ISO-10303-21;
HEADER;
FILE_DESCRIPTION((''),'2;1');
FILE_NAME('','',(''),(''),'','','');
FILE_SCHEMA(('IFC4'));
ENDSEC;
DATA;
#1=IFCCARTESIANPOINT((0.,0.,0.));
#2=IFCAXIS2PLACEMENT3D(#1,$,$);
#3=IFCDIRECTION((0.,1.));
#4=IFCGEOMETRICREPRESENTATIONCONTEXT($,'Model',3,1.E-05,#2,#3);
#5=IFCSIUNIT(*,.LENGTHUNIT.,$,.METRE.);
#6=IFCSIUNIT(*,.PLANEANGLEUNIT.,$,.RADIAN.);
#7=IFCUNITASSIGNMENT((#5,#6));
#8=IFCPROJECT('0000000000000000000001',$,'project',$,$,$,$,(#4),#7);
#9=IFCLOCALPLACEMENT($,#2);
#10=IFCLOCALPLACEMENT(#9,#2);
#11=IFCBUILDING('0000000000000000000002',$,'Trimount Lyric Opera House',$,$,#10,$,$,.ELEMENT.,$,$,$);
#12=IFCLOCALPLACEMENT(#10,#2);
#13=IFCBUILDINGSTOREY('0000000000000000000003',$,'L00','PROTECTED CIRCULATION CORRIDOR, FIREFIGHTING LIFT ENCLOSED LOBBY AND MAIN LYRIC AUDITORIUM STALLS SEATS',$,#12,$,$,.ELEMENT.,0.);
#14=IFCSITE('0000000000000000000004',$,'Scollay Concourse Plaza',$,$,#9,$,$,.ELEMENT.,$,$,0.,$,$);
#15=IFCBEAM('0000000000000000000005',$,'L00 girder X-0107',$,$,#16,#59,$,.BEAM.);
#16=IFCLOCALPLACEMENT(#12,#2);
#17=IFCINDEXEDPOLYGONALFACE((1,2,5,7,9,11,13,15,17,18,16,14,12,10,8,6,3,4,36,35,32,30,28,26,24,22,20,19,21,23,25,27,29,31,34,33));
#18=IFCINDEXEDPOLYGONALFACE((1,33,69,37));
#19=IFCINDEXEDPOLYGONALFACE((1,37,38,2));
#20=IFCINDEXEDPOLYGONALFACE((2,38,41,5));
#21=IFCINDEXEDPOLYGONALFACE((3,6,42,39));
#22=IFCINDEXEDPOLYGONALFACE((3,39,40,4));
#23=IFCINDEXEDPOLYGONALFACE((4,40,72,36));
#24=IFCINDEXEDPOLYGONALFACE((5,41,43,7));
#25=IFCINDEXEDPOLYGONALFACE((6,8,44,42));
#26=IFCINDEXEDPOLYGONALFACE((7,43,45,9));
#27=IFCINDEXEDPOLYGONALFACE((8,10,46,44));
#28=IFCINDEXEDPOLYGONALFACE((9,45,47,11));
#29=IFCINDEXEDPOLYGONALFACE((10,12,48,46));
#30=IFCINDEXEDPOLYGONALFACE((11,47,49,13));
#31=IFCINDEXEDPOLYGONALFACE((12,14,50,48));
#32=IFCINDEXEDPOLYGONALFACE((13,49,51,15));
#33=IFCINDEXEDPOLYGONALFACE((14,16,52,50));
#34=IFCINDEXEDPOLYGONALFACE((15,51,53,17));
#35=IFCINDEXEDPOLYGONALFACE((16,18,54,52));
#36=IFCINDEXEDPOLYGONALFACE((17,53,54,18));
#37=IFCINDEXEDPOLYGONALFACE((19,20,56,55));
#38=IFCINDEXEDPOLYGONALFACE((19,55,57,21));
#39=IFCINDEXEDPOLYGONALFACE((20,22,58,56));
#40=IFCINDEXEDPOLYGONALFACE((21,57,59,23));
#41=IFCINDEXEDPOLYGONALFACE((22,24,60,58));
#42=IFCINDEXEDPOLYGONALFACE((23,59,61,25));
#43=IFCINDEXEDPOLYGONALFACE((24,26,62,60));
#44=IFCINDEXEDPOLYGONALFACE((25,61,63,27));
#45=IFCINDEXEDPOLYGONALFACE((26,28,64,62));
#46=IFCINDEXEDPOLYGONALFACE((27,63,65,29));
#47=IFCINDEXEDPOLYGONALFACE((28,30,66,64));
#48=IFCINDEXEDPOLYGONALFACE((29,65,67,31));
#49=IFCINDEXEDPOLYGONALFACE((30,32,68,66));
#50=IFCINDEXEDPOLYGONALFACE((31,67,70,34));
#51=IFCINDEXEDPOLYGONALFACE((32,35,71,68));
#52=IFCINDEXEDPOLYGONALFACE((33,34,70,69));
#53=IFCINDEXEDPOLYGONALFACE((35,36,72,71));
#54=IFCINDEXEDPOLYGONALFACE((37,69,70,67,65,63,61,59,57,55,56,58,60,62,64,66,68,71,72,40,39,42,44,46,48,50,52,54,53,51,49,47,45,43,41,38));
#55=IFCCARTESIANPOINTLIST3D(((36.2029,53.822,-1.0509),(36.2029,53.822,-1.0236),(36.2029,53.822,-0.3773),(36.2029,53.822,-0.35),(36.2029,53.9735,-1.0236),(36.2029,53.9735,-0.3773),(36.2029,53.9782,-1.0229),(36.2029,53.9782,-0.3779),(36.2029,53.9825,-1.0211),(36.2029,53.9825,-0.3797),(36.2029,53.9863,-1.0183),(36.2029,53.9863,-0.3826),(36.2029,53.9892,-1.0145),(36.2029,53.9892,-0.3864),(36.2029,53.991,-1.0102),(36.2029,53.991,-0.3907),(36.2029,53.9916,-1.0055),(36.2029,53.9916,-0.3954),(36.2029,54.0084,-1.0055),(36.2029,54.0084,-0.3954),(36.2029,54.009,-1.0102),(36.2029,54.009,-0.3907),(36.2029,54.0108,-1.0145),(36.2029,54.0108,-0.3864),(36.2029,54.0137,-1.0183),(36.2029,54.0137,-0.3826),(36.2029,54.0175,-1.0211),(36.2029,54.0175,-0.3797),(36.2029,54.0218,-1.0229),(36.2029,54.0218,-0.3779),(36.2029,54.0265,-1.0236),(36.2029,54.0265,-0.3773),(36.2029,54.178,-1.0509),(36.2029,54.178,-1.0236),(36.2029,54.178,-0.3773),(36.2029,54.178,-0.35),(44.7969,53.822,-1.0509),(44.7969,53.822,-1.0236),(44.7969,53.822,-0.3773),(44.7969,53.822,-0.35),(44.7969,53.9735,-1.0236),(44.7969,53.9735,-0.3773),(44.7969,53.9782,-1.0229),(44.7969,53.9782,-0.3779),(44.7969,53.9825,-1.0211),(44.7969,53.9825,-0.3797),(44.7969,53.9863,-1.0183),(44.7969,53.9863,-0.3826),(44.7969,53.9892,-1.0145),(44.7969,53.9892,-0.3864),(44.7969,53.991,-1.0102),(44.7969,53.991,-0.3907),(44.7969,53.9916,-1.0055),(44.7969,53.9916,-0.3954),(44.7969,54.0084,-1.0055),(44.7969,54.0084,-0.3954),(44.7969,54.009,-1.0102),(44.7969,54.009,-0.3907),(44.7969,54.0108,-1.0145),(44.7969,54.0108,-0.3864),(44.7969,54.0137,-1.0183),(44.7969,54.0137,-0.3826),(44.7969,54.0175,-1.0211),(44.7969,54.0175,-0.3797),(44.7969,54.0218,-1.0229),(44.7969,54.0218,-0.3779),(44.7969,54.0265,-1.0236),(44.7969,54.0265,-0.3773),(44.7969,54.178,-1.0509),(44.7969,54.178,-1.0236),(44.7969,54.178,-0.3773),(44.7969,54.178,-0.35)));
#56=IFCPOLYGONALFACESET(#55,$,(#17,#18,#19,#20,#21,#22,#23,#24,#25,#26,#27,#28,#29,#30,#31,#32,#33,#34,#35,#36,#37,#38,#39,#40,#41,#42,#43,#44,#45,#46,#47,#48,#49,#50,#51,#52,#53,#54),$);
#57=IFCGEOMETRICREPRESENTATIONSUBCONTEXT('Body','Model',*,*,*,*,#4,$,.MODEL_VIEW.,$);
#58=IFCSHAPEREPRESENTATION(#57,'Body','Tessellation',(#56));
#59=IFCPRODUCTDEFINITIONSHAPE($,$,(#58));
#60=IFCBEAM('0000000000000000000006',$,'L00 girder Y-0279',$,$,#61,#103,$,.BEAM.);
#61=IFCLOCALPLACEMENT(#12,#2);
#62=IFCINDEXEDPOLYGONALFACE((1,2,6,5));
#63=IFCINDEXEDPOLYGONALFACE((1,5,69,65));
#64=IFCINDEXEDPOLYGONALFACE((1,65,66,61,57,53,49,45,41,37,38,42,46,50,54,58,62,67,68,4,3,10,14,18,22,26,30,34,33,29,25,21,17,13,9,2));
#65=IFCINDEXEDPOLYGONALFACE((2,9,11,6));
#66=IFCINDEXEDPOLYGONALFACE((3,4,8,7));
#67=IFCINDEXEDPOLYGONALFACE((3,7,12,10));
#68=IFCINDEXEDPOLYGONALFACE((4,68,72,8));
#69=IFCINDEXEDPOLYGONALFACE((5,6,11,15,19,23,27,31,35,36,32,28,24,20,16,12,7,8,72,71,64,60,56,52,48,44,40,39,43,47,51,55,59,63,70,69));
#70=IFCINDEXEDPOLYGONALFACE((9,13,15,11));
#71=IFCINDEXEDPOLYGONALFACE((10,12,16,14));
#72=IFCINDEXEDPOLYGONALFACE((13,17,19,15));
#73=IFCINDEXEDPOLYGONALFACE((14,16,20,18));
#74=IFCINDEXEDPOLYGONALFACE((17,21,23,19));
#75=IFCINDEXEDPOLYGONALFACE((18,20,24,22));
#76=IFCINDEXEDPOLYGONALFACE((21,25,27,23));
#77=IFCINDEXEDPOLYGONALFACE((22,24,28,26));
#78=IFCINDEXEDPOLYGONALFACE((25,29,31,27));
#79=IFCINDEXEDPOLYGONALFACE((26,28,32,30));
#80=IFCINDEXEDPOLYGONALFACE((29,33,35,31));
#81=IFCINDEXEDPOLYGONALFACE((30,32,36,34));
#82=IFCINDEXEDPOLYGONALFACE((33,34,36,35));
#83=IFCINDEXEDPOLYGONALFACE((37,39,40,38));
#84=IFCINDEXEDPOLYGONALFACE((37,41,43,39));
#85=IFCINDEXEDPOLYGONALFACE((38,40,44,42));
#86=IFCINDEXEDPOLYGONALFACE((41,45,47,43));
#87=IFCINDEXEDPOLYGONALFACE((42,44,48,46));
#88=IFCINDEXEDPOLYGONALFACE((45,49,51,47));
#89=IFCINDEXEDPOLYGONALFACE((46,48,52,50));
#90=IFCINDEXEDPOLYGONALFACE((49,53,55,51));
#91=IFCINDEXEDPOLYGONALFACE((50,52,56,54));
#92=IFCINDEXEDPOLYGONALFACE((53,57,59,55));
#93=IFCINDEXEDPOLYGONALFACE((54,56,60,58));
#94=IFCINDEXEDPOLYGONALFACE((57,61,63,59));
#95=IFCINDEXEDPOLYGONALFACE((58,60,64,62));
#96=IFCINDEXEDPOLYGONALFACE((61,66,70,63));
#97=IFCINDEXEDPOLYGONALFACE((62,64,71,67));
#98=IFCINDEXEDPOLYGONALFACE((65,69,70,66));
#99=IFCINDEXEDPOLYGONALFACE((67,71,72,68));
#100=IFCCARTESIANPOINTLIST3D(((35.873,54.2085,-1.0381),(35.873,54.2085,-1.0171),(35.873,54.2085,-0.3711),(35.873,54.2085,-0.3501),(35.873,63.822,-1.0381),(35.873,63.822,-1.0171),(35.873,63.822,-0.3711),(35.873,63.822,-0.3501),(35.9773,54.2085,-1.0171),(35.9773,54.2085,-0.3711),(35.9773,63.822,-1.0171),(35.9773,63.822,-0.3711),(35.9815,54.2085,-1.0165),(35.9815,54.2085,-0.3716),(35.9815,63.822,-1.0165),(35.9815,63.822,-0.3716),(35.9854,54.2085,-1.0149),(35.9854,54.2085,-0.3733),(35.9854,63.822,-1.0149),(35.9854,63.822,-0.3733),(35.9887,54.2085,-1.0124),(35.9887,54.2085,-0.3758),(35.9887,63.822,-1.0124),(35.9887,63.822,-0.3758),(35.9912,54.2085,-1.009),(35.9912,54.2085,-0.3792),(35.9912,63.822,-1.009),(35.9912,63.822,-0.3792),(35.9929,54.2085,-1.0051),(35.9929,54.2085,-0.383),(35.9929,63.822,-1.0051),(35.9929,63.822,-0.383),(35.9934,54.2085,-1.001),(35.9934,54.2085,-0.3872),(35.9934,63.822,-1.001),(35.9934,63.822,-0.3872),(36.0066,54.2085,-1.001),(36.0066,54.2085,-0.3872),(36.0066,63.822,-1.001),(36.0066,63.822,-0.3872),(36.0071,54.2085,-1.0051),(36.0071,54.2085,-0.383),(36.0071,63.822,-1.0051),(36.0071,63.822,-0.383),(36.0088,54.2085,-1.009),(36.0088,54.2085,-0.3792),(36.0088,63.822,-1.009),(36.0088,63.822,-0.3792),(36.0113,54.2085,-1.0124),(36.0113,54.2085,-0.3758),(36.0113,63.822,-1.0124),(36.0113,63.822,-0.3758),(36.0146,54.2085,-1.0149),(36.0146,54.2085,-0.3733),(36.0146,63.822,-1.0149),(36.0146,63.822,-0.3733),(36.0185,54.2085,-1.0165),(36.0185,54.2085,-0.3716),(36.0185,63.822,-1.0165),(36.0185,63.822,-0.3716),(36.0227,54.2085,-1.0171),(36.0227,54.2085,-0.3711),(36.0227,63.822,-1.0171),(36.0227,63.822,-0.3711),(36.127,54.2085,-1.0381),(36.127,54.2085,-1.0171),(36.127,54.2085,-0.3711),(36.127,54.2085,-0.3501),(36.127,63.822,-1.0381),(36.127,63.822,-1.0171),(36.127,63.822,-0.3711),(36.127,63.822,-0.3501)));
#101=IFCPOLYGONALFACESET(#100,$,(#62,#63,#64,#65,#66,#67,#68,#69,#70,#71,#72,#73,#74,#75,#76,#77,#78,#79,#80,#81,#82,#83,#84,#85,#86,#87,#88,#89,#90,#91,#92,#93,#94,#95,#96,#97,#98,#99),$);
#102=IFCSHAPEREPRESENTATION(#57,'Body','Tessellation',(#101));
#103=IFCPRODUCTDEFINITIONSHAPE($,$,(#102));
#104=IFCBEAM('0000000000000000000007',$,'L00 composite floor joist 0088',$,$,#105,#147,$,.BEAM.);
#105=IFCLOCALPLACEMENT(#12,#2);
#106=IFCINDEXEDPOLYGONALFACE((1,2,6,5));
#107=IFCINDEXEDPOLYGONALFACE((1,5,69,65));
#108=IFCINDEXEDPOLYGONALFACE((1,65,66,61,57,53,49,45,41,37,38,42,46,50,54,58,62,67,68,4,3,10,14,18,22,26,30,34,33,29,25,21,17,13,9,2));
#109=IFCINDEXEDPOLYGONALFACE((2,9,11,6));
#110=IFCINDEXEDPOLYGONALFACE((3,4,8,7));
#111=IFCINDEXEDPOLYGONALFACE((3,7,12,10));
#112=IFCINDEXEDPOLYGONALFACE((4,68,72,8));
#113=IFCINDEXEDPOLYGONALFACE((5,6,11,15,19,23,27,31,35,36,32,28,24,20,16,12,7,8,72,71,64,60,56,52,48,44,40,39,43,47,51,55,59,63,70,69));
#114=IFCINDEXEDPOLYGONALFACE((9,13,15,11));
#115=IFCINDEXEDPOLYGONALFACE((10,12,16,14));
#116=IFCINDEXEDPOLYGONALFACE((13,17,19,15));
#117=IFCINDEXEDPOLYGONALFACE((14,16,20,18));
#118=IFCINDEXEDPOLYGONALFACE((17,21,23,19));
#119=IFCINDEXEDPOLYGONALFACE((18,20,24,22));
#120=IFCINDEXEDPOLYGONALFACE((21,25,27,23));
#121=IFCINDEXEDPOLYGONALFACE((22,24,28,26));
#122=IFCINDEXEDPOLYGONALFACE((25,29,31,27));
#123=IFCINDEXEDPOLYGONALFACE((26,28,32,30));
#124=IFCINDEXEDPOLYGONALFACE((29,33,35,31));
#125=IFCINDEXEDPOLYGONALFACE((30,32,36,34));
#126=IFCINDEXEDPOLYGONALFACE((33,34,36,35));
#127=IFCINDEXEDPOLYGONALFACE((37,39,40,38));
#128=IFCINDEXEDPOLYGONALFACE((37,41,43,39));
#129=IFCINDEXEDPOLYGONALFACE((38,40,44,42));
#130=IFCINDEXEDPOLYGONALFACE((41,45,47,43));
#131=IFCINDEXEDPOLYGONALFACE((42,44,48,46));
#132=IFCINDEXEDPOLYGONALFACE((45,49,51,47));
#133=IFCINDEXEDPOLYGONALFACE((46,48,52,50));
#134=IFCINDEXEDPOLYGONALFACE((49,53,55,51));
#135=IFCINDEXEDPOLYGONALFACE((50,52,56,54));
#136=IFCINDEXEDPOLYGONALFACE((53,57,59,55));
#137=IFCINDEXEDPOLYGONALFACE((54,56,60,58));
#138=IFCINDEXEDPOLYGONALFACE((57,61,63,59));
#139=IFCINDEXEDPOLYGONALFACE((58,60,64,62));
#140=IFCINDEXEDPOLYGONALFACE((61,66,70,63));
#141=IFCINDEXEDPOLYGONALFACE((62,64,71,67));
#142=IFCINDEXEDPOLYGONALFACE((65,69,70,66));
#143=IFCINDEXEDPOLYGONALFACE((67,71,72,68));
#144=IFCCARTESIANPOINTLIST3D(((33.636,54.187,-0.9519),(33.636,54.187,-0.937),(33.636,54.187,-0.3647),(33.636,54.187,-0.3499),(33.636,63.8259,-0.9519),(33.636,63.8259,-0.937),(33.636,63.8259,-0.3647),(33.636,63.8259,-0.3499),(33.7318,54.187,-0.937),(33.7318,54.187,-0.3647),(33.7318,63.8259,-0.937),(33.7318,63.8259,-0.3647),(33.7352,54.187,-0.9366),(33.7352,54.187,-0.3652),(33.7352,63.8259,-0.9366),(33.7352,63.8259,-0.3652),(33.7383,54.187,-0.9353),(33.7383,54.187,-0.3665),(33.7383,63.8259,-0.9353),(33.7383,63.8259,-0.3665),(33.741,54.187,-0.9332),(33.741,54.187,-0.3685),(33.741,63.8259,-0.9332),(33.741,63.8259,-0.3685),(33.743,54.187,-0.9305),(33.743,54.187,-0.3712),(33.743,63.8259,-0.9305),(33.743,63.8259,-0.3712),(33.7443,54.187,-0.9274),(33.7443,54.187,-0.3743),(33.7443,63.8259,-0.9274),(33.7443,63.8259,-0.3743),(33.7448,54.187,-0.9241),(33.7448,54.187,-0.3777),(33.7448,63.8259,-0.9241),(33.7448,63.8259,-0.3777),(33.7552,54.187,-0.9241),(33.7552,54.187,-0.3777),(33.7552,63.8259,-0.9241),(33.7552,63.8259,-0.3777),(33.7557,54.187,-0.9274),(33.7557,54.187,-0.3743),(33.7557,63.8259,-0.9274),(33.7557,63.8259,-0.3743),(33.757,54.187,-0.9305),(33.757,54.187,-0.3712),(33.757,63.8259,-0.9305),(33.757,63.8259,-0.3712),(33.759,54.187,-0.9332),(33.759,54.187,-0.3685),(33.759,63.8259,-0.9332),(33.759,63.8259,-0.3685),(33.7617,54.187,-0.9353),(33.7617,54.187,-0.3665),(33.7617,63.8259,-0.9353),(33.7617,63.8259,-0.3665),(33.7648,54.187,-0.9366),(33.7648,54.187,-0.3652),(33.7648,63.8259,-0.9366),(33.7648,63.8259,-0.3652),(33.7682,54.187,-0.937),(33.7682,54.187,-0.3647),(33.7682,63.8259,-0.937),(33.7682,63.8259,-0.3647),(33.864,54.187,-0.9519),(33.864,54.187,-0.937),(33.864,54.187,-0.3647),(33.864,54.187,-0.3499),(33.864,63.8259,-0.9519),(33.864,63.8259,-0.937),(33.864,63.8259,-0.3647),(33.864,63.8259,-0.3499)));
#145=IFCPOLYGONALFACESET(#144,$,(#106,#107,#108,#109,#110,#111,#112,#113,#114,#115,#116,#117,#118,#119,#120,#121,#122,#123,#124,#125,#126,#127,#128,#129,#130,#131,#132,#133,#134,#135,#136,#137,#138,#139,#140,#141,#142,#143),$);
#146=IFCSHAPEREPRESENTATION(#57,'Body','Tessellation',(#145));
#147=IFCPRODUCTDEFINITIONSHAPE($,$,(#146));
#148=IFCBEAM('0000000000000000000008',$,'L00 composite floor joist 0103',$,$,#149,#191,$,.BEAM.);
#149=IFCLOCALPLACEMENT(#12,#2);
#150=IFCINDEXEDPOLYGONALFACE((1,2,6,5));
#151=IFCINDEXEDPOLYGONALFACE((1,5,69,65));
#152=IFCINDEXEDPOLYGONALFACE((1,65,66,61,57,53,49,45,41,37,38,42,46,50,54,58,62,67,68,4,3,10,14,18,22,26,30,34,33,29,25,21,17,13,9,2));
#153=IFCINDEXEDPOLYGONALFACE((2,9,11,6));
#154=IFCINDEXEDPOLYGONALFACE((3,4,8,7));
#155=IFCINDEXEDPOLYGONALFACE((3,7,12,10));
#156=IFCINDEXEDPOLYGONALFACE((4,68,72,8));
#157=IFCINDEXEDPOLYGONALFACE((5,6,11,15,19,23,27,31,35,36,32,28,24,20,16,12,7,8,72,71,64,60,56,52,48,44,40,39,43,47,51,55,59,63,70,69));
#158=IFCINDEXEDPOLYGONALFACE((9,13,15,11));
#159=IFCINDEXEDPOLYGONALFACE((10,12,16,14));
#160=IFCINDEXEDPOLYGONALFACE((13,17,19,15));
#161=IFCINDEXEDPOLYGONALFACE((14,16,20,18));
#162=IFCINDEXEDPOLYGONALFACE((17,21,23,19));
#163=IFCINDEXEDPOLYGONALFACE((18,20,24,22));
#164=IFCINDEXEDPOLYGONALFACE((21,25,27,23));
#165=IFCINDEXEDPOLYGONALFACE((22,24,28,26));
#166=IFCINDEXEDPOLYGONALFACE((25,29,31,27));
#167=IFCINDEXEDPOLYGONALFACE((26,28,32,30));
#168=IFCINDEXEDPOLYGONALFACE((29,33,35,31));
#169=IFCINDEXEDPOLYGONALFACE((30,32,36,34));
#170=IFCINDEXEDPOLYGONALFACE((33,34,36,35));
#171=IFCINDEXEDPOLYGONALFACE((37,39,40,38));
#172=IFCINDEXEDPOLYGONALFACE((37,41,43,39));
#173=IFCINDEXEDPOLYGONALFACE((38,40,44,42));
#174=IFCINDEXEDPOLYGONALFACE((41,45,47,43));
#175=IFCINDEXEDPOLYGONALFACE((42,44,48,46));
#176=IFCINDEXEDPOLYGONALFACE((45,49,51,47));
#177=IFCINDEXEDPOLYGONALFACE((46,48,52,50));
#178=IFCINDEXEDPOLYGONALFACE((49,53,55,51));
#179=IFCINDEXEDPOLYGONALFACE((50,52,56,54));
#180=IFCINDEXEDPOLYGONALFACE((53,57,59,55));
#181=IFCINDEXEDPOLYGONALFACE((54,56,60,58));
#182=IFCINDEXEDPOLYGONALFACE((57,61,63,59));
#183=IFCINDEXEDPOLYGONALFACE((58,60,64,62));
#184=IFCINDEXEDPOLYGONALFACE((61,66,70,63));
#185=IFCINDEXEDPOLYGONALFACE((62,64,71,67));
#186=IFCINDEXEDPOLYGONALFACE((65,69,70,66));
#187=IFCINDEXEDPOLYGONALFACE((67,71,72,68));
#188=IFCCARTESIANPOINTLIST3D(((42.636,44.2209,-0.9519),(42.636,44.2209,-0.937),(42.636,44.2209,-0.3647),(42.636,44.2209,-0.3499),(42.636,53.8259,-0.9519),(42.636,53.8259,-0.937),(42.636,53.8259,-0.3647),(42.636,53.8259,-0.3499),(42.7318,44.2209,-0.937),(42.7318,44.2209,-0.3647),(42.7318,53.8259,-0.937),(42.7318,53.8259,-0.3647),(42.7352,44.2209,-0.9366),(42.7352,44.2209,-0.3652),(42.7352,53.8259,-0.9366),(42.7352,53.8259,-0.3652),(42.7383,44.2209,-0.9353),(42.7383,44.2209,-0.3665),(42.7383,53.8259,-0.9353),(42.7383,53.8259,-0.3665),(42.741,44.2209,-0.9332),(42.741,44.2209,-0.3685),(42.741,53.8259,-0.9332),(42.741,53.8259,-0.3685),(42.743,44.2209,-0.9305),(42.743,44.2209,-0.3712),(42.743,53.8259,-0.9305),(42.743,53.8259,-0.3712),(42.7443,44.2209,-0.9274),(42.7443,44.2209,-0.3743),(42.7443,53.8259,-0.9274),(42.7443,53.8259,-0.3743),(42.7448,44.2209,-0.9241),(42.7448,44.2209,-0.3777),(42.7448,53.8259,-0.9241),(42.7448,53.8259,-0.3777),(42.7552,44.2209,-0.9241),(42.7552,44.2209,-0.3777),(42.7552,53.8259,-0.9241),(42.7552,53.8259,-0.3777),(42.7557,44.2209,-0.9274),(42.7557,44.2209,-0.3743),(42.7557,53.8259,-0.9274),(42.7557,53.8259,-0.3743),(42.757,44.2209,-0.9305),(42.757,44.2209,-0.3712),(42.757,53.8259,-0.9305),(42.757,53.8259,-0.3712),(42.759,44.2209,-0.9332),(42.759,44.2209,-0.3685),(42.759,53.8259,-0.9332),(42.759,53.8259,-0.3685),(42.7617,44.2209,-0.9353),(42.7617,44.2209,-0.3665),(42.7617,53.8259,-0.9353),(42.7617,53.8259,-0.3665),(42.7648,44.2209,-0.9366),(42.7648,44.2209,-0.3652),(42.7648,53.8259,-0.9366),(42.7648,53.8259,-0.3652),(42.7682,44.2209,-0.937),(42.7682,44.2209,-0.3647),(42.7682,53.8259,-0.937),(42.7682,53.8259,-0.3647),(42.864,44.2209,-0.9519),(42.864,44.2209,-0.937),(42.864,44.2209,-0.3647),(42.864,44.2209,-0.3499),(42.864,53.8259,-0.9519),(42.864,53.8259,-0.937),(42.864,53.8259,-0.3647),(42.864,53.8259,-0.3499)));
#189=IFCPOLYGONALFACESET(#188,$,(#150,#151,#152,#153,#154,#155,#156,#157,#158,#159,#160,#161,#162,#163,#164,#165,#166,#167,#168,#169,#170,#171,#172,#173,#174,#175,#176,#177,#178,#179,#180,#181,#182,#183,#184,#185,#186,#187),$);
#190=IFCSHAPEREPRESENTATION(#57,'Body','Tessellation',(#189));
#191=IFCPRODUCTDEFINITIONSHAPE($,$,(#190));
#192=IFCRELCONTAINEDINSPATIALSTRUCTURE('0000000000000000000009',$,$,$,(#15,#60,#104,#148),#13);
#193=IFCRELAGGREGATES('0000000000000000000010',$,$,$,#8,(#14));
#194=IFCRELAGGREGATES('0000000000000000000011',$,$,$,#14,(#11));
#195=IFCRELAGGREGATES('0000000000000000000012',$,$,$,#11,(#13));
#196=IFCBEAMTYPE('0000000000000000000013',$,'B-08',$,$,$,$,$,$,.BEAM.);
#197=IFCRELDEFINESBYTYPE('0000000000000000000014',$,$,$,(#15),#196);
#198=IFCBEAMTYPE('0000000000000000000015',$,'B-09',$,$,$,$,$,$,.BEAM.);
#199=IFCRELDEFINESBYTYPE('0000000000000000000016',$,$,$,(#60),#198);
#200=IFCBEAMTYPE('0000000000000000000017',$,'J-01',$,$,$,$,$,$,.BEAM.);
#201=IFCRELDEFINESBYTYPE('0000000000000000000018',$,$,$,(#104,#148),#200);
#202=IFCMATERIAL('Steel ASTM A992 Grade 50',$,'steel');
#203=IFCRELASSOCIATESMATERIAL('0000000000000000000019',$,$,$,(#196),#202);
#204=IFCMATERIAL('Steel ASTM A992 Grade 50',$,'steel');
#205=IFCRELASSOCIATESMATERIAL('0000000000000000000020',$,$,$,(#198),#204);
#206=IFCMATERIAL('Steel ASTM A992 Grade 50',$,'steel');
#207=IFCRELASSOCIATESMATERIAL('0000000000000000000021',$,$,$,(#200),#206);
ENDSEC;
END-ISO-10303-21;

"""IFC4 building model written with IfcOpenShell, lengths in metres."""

from ifc_helpers import new_model, si_unit, direction, frame, origin, origin_2d, place, context, subcontext, project, spatial, i_section, extrude, material, material_profile, profile_set, type_object, element, save


model = new_model("IFC4")

# Units and contexts
model_context = context("Model", 3, precision=1e-05, world=origin(), true_north=direction((0.0, 1.0)))
body_context = subcontext(model_context, "Body", "Model", "MODEL_VIEW")
ifc_project = project(units=[si_unit("LENGTHUNIT", "METRE"), si_unit("PLANEANGLEUNIT", "RADIAN")], contexts=[model_context])

# Site, building, storey
site_placement = place(None, origin())
site = spatial("IfcSite", under=ifc_project, at=site_placement, Name="Scollay Concourse Plaza", CompositionType="ELEMENT", RefElevation=0.0)
building_placement = place(site_placement, origin())
building = spatial("IfcBuilding", under=site, at=building_placement, Name="Trimount Lyric Opera House", CompositionType="ELEMENT")
storey_placement = place(building_placement, origin())
storey = spatial("IfcBuildingStorey", under=building, at=storey_placement, Name="L00", Description="PROTECTED CIRCULATION CORRIDOR, FIREFIGHTING LIFT ENCLOSED LOBBY AND MAIN LYRIC AUDITORIUM STALLS SEATS", CompositionType="ELEMENT", Elevation=0.0)

# Beams
ifc_material_1 = material(Name="Steel ASTM A992 Grade 50", Category="steel")
ifc_material_profile_1 = material_profile(ifc_material_1, i_section(OverallWidth=0.356, OverallDepth=0.7009, WebThickness=0.0168, FlangeThickness=0.0273, FilletRadius=0.0181, at=origin_2d()), Name="W27X161")
ifc_profile_set_1 = profile_set([ifc_material_profile_1], Name="Steel ASTM A992 Grade 50")
beam_type_1 = type_object("IfcBeamType", Name="B-08", PredefinedType="BEAM", material=ifc_profile_set_1)
beam_1_placement = place(storey_placement, frame((36.2029, 54.0, -0.7004), z_axis=(1.0, 0.0, 0.0), x_axis=(0.0, 1.0, 0.0)))
element("IfcBeam", 1, at=beam_1_placement, inside=storey, type_object=beam_type_1, Name="L00 girder X-0107", PredefinedType="BEAM", context=body_context, shape_type="SweptSolid", body=[
    extrude(i_section(OverallWidth=0.356, OverallDepth=0.7009, WebThickness=0.0168, FlangeThickness=0.0273, FilletRadius=0.0181, at=origin_2d()), origin(), (0.0, 0.0, 1.0), 8.594),
])
ifc_material_2 = material(Name="Steel ASTM A992 Grade 50", Category="steel")
ifc_material_profile_2 = material_profile(ifc_material_2, i_section(OverallWidth=0.2539, OverallDepth=0.688, WebThickness=0.0132, FlangeThickness=0.021, FilletRadius=0.0161, at=origin_2d()), Name="W27X102")
ifc_profile_set_2 = profile_set([ifc_material_profile_2], Name="Steel ASTM A992 Grade 50")
beam_type_2 = type_object("IfcBeamType", Name="B-09", PredefinedType="BEAM", material=ifc_profile_set_2)
beam_2_placement = place(storey_placement, frame((36.0, 54.2085, -0.6941), z_axis=(0.0, 1.0, 0.0), x_axis=(-1.0, 0.0, 0.0)))
element("IfcBeam", 2, at=beam_2_placement, inside=storey, type_object=beam_type_2, Name="L00 girder Y-0279", PredefinedType="BEAM", context=body_context, shape_type="SweptSolid", body=[
    extrude(i_section(OverallWidth=0.2539, OverallDepth=0.688, WebThickness=0.0132, FlangeThickness=0.021, FilletRadius=0.0161, at=origin_2d()), origin(), (0.0, 0.0, 1.0), 9.6135),
])
ifc_material_3 = material(Name="Steel ASTM A992 Grade 50", Category="steel")
ifc_material_profile_3 = material_profile(ifc_material_3, i_section(OverallWidth=0.228, OverallDepth=0.6021, WebThickness=0.0105, FlangeThickness=0.0149, FilletRadius=0.0129, at=origin_2d()), Name="W24X68")
ifc_profile_set_3 = profile_set([ifc_material_profile_3], Name="Steel ASTM A992 Grade 50")
beam_type_3 = type_object("IfcBeamType", Name="J-01", PredefinedType="BEAM", material=ifc_profile_set_3)
beam_3_placement = place(storey_placement, frame((33.75, 54.187, -0.6509), z_axis=(0.0, 1.0, 0.0), x_axis=(-1.0, 0.0, 0.0)))
element("IfcBeam", 3, at=beam_3_placement, inside=storey, type_object=beam_type_3, Name="L00 composite floor joist 0088", PredefinedType="BEAM", context=body_context, shape_type="SweptSolid", body=[
    extrude(i_section(OverallWidth=0.228, OverallDepth=0.6021, WebThickness=0.0105, FlangeThickness=0.0149, FilletRadius=0.0129, at=origin_2d()), origin(), (0.0, 0.0, 1.0), 9.6389),
])
beam_4_placement = place(storey_placement, frame((42.75, 44.2209, -0.6509), z_axis=(0.0, 1.0, 0.0), x_axis=(-1.0, 0.0, 0.0)))
element("IfcBeam", 4, at=beam_4_placement, inside=storey, type_object=beam_type_3, Name="L00 composite floor joist 0103", PredefinedType="BEAM", context=body_context, shape_type="SweptSolid", body=[
    extrude(i_section(OverallWidth=0.228, OverallDepth=0.6021, WebThickness=0.0105, FlangeThickness=0.0149, FilletRadius=0.0129, at=origin_2d()), origin(), (0.0, 0.0, 1.0), 9.605),
])

save(model, "model.ifc")
